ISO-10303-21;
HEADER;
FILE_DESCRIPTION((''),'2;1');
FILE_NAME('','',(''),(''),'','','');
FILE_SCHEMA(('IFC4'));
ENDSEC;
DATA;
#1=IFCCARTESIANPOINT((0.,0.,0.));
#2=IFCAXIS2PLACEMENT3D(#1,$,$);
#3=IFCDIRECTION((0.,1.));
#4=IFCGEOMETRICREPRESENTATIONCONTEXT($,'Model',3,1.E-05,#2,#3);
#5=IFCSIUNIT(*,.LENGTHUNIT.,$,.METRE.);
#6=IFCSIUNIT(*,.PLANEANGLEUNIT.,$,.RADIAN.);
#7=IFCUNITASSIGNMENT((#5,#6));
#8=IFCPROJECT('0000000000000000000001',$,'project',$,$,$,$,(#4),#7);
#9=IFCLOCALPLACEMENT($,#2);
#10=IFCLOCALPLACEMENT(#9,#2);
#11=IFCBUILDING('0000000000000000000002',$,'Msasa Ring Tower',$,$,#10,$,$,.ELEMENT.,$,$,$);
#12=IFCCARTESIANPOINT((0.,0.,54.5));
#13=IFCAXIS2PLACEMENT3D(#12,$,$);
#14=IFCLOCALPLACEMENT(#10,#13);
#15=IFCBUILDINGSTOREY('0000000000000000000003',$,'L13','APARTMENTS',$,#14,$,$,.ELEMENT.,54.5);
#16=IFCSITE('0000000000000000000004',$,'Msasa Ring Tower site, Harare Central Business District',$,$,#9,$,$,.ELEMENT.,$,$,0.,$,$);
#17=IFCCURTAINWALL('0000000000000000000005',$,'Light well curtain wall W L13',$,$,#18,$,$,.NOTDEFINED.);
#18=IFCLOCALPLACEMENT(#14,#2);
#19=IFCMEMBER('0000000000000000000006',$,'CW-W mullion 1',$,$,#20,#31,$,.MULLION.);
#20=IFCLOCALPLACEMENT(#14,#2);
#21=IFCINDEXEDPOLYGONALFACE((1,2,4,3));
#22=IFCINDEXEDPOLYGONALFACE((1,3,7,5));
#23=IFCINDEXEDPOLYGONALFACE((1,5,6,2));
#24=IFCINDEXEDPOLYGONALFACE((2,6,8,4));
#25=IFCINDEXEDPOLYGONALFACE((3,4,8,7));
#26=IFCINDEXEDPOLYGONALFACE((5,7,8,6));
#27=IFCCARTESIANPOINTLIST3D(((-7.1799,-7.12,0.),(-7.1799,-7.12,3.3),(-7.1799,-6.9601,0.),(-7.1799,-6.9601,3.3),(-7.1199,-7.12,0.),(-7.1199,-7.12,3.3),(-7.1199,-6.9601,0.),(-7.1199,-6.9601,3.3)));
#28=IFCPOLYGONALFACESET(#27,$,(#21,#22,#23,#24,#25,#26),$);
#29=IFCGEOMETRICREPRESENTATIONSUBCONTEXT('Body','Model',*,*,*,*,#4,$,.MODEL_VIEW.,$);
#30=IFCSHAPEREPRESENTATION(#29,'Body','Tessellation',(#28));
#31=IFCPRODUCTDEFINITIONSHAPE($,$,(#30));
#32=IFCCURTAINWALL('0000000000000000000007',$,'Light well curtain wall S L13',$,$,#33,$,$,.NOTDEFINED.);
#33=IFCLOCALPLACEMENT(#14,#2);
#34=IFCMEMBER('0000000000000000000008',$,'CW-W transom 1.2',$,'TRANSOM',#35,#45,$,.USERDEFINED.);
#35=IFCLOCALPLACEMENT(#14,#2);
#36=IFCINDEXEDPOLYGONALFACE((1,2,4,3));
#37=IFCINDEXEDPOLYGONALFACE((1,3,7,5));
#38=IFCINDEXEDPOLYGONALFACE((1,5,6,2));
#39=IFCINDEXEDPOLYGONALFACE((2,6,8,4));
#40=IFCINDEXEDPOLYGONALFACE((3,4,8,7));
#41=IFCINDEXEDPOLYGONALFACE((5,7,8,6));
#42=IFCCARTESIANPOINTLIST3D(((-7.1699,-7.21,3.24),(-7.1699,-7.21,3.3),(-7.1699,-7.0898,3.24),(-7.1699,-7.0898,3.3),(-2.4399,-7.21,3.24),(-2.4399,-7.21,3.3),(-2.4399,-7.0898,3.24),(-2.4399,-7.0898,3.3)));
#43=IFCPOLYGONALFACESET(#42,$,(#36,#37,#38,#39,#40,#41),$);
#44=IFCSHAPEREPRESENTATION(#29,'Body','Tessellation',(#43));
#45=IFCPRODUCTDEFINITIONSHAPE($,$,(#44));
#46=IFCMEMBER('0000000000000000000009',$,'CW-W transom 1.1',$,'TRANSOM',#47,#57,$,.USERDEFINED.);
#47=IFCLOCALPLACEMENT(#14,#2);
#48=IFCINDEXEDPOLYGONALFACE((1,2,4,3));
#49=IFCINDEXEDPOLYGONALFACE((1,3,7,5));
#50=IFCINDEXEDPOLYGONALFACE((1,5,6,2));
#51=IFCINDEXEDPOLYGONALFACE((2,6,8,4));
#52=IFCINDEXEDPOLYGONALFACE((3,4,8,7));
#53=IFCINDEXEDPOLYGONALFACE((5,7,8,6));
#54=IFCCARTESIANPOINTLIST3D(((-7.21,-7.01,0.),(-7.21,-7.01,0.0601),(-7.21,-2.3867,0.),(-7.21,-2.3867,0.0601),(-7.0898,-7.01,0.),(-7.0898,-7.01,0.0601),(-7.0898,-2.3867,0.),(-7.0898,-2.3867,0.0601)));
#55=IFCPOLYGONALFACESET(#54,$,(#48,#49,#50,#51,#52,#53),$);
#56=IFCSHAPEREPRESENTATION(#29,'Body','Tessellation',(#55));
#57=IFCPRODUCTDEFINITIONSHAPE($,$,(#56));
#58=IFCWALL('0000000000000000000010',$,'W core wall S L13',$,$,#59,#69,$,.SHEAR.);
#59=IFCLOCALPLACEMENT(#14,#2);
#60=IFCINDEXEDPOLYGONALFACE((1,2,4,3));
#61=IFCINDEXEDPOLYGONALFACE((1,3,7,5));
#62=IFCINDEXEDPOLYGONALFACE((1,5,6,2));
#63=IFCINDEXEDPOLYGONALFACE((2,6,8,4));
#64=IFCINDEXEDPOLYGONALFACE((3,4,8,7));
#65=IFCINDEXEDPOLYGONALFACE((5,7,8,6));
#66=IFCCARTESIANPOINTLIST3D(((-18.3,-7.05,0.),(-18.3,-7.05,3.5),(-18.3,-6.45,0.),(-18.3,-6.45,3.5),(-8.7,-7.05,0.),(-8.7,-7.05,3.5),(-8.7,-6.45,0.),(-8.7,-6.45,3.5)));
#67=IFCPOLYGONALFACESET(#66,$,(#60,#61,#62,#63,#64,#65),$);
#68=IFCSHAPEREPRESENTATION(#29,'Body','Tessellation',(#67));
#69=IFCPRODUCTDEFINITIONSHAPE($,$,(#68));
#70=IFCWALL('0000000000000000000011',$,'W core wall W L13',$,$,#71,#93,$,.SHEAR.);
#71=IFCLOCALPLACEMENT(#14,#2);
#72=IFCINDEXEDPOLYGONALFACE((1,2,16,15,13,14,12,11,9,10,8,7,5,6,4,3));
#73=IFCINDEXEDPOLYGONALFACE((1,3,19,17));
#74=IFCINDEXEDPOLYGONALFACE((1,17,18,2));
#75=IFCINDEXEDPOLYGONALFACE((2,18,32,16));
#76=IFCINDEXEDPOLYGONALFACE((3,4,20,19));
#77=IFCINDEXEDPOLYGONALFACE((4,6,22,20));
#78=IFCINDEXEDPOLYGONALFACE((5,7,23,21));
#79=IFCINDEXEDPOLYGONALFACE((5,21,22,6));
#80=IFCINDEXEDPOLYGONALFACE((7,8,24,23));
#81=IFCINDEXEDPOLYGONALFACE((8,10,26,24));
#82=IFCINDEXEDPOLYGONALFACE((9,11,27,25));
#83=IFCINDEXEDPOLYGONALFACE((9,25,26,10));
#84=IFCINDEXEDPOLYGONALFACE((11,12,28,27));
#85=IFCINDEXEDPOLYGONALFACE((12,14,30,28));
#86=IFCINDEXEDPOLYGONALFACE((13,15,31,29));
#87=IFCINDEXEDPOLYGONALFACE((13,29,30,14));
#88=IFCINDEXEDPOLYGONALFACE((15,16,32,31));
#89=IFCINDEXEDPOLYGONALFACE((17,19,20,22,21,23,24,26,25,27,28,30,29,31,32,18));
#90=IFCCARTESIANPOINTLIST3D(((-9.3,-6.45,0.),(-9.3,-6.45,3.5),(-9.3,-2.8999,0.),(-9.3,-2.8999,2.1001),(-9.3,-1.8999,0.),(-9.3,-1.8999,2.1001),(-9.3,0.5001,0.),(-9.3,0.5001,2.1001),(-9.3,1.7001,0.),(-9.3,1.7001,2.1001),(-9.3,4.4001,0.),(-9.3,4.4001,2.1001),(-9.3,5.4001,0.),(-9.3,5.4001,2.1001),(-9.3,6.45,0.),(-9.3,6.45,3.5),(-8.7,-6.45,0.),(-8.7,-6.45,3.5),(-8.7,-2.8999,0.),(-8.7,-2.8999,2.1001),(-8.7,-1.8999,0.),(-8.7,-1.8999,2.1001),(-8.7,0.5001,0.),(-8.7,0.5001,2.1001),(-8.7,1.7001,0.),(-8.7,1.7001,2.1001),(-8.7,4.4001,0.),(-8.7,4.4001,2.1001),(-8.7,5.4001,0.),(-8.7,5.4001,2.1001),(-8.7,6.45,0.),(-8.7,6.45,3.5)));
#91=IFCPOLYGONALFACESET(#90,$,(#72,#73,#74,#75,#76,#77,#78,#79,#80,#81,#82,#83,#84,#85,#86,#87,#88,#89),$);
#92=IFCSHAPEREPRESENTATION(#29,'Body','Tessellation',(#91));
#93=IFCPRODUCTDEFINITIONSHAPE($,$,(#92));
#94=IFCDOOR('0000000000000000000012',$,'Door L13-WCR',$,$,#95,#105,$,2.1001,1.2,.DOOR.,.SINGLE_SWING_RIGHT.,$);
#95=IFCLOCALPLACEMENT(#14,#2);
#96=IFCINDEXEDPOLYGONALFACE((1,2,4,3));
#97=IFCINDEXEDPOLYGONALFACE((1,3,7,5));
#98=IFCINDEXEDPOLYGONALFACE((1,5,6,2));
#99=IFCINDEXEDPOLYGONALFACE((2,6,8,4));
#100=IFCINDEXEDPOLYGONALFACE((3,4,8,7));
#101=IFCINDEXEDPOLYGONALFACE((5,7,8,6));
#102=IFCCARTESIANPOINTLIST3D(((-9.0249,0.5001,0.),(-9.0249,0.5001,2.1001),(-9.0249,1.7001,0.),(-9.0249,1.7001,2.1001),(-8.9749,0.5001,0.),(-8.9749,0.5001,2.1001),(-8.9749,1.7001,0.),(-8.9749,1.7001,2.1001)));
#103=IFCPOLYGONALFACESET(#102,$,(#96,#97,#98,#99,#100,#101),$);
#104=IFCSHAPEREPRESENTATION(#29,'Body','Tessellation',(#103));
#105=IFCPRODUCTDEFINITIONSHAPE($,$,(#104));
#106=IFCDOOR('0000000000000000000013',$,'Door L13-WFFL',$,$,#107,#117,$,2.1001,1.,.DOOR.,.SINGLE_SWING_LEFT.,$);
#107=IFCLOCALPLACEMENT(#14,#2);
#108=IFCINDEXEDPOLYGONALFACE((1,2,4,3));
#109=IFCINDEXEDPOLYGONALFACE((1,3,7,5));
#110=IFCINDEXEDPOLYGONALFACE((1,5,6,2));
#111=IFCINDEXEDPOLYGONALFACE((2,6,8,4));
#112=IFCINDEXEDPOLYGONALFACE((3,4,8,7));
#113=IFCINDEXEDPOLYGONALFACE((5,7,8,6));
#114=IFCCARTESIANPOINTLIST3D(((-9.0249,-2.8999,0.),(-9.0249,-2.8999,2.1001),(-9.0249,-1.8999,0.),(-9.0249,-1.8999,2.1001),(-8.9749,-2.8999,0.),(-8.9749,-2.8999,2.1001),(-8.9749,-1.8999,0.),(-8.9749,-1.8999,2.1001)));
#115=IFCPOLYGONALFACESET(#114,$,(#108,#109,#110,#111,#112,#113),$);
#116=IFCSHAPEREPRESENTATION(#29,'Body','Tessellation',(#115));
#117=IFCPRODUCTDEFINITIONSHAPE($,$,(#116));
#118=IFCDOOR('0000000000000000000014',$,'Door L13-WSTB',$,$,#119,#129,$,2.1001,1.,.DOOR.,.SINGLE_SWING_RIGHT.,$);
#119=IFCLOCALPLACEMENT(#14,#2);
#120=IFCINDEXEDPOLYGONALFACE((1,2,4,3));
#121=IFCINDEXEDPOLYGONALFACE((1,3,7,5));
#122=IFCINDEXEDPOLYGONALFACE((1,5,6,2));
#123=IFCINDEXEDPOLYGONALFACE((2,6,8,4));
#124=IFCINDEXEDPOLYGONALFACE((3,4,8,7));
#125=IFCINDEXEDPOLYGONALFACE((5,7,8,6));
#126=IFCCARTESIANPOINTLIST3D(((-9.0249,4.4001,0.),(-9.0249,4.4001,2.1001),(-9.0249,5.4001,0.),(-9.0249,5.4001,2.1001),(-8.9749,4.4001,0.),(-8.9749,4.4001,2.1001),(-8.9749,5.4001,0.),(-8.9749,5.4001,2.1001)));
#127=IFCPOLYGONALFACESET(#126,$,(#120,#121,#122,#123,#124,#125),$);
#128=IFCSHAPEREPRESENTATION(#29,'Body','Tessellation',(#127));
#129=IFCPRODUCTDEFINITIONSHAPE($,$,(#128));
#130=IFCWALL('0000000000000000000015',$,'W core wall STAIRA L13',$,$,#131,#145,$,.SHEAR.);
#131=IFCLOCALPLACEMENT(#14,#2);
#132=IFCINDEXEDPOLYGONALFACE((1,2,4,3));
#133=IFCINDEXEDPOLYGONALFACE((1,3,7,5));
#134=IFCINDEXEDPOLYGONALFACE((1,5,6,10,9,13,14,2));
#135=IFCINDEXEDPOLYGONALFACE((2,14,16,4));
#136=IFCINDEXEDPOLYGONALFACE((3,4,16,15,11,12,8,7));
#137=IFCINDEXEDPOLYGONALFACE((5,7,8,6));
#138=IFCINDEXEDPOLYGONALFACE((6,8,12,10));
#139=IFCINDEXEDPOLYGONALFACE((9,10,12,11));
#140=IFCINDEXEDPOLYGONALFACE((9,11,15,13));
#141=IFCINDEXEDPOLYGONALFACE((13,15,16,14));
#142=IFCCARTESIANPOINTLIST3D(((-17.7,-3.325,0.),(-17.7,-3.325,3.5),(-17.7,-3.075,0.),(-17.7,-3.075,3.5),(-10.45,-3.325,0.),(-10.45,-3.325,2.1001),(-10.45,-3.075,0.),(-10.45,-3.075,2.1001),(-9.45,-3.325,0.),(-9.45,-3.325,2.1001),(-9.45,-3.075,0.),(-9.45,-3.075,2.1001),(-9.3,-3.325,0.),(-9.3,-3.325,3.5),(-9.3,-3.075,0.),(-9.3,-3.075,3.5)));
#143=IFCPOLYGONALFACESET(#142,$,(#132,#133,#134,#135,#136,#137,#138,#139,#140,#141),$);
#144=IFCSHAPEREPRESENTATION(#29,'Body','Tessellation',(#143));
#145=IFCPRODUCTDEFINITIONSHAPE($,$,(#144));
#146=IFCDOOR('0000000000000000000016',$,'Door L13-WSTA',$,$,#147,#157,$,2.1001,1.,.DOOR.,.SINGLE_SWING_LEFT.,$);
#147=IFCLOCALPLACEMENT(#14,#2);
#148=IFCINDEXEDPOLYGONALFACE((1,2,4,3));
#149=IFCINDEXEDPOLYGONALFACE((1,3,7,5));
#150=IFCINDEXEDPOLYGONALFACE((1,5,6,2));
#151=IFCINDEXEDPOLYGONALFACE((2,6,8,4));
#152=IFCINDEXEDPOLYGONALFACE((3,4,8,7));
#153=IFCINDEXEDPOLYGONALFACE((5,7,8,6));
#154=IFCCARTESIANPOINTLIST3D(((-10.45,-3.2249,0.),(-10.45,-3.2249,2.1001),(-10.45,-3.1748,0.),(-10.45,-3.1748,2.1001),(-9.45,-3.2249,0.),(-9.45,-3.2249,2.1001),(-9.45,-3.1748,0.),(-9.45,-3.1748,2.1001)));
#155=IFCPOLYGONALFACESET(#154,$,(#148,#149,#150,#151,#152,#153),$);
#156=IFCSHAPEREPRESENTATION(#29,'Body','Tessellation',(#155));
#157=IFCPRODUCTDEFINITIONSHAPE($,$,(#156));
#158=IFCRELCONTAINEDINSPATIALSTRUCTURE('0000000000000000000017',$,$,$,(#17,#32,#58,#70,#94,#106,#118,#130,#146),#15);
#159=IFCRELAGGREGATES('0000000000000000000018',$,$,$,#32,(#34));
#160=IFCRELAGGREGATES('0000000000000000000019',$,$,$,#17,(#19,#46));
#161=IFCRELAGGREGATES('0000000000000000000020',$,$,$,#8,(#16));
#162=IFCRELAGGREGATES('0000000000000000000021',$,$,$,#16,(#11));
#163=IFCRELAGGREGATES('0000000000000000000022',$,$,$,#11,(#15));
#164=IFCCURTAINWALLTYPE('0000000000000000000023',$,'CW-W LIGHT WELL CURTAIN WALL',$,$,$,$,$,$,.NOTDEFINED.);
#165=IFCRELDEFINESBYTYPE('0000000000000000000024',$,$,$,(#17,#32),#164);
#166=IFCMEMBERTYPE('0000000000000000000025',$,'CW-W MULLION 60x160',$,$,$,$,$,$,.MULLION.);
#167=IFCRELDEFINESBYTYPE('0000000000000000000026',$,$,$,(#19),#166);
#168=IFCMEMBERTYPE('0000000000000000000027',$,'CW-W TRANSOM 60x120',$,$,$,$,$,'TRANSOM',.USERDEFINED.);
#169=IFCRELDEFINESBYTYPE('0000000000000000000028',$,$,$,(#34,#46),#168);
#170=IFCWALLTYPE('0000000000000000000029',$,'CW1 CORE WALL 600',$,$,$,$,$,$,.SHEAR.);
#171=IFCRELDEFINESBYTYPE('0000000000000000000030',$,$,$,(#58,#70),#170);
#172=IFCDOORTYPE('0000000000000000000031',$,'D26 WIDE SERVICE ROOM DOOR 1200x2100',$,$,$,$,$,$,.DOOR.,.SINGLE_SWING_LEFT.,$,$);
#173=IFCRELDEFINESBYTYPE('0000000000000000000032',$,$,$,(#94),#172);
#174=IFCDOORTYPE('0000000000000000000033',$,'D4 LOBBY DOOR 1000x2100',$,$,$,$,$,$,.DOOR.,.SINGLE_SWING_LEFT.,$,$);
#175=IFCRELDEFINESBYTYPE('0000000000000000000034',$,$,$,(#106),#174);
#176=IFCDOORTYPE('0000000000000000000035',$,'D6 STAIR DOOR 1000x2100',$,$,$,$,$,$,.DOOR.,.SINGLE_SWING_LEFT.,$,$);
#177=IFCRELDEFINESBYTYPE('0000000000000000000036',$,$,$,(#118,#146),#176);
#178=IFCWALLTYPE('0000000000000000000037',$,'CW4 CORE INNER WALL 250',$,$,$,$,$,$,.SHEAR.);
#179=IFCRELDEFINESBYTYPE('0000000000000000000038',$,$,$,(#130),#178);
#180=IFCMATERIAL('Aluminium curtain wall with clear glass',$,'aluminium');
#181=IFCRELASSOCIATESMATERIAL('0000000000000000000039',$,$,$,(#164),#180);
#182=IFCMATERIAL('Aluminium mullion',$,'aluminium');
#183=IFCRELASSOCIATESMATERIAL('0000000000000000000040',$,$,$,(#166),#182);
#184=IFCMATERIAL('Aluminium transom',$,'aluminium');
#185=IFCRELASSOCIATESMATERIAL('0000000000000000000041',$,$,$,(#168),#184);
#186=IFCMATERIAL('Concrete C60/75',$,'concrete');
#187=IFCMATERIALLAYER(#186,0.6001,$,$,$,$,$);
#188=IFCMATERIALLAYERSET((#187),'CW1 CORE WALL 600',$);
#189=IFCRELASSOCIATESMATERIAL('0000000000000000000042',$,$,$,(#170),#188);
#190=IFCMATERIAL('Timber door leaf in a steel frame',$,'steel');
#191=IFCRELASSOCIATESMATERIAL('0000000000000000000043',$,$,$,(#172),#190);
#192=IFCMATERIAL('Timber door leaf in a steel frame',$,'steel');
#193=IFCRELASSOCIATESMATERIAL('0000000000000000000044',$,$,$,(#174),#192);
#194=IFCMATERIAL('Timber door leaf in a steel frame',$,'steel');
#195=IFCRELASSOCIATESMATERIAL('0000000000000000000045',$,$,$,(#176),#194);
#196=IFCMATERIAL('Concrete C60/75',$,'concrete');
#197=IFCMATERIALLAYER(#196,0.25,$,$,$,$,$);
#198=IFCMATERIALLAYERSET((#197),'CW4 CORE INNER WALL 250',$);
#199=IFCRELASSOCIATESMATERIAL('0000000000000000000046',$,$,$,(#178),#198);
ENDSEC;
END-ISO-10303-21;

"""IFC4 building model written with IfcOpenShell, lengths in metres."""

from ifc_helpers import new_model, si_unit, direction, frame, frame_2d, origin, origin_2d, place, context, subcontext, project, spatial, rectangle, extrude, material, layer, layer_set, material_profile, profile_set, type_object, element, fill, aggregate, save


model = new_model("IFC4")

# Units and contexts
model_context = context("Model", 3, precision=1e-05, world=origin(), true_north=direction((0.0, 1.0)))
body_context = subcontext(model_context, "Body", "Model", "MODEL_VIEW")
ifc_project = project(units=[si_unit("LENGTHUNIT", "METRE"), si_unit("PLANEANGLEUNIT", "RADIAN")], contexts=[model_context])

# Site, building, storey
site_placement = place(None, origin())
site = spatial("IfcSite", under=ifc_project, at=site_placement, Name="Msasa Ring Tower site, Harare Central Business District", CompositionType="ELEMENT", RefElevation=0.0)
building_placement = place(site_placement, origin())
building = spatial("IfcBuilding", under=site, at=building_placement, Name="Msasa Ring Tower", CompositionType="ELEMENT")
storey_placement = place(building_placement, frame((0.0, 0.0, 54.5)))
storey = spatial("IfcBuildingStorey", under=building, at=storey_placement, Name="L13", Description="APARTMENTS", CompositionType="ELEMENT", Elevation=54.5)

# Curtain walls, members
ifc_material_1 = material(Name="Aluminium curtain wall with clear glass", Category="aluminium")
curtain_wall_type = type_object("IfcCurtainWallType", Name="CW-W LIGHT WELL CURTAIN WALL", PredefinedType="NOTDEFINED", material=ifc_material_1)
curtain_wall_1_placement = place(storey_placement, origin())
curtain_wall_1 = element("IfcCurtainWall", 1, at=curtain_wall_1_placement, inside=storey, type_object=curtain_wall_type, Name="Light well curtain wall W L13", PredefinedType="NOTDEFINED")
ifc_material_2 = material(Name="Aluminium mullion", Category="aluminium")
ifc_material_profile_1 = material_profile(ifc_material_2, rectangle(XDim=0.0601, YDim=0.1599, at=origin_2d()), Name="AL 60x160")
ifc_profile_set_1 = profile_set([ifc_material_profile_1], Name="Aluminium mullion")
member_type_1 = type_object("IfcMemberType", Name="CW-W MULLION 60x160", PredefinedType="MULLION", material=ifc_profile_set_1)
member_1_placement = place(storey_placement, frame((-7.1499, -7.04, 0.0), z_axis=(0.0, 0.0, 1.0), x_axis=(-1.0, 0.0, 0.0)))
member_1 = element("IfcMember", 2, at=member_1_placement, type_object=member_type_1, Name="CW-W mullion 1", PredefinedType="MULLION", context=body_context, shape_type="SweptSolid", body=[
    extrude(rectangle(XDim=0.0601, YDim=0.1599, at=origin_2d()), origin(), (0.0, 0.0, 1.0), 3.3),
])
curtain_wall_2_placement = place(storey_placement, origin())
curtain_wall_2 = element("IfcCurtainWall", 3, at=curtain_wall_2_placement, inside=storey, type_object=curtain_wall_type, Name="Light well curtain wall S L13", PredefinedType="NOTDEFINED")
ifc_material_3 = material(Name="Aluminium transom", Category="aluminium")
ifc_material_profile_2 = material_profile(ifc_material_3, rectangle(XDim=0.1201, YDim=0.0601, at=origin_2d()), Name="AL 60x120")
ifc_profile_set_2 = profile_set([ifc_material_profile_2], Name="Aluminium transom")
member_type_2 = type_object("IfcMemberType", Name="CW-W TRANSOM 60x120", ElementType="TRANSOM", PredefinedType="USERDEFINED", material=ifc_profile_set_2)
member_2_placement = place(storey_placement, frame((-7.1699, -7.1499, 3.27), z_axis=(1.0, 0.0, 0.0), x_axis=(0.0, 1.0, 0.0)))
member_2 = element("IfcMember", 4, at=member_2_placement, type_object=member_type_2, Name="CW-W transom 1.2", ObjectType="TRANSOM", PredefinedType="USERDEFINED", context=body_context, shape_type="SweptSolid", body=[
    extrude(rectangle(XDim=0.1201, YDim=0.0601, at=origin_2d()), origin(), (0.0, 0.0, 1.0), 4.73),
])
aggregate(curtain_wall_2, [member_2])

# Member
member_3_placement = place(storey_placement, frame((-7.1499, -7.01, 0.03), z_axis=(0.0, 1.0, 0.0), x_axis=(-1.0, 0.0, 0.0)))
member_3 = element("IfcMember", 5, at=member_3_placement, type_object=member_type_2, Name="CW-W transom 1.1", ObjectType="TRANSOM", PredefinedType="USERDEFINED", context=body_context, shape_type="SweptSolid", body=[
    extrude(rectangle(XDim=0.1201, YDim=0.0601, at=origin_2d()), origin(), (0.0, 0.0, 1.0), 4.6233),
])
aggregate(curtain_wall_1, [member_1, member_3])

# Wall
ifc_material_4 = material(Name="Concrete C60/75", Category="concrete")
ifc_layer_1 = layer(ifc_material_4, 0.6001)
ifc_layer_set_1 = layer_set([ifc_layer_1], Name="CW1 CORE WALL 600")
wall_type_1 = type_object("IfcWallType", Name="CW1 CORE WALL 600", PredefinedType="SHEAR", material=ifc_layer_set_1)
wall_1_placement = place(storey_placement, frame((-8.7, -6.75, 0.0), z_axis=(0.0, 0.0, 1.0), x_axis=(-1.0, 0.0, 0.0)))
element("IfcWall", 6, at=wall_1_placement, inside=storey, type_object=wall_type_1, Name="W core wall S L13", PredefinedType="SHEAR", context=body_context, shape_type="SweptSolid", body=[
    extrude(rectangle(XDim=9.6001, YDim=0.6001, at=frame_2d((4.8, 0.0))), origin(), (0.0, 0.0, 1.0), 3.5),
])

# Wall, openings, doors
wall_2_placement = place(storey_placement, frame((-9.0, -6.45, 0.0), z_axis=(0.0, 0.0, 1.0), x_axis=(0.0, 1.0, 0.0)))
wall_2 = element("IfcWall", 7, at=wall_2_placement, inside=storey, type_object=wall_type_1, Name="W core wall W L13", PredefinedType="SHEAR", context=body_context, shape_type="SweptSolid", body=[
    extrude(rectangle(XDim=12.8999, YDim=0.6001, at=frame_2d((6.45, 0.0))), origin(), (0.0, 0.0, 1.0), 3.5),
])
opening_1_placement = place(wall_2_placement, frame((3.55, 0.0, 0.0)))
opening_1 = element("IfcOpeningElement", 8, at=opening_1_placement, cuts=wall_2, PredefinedType="OPENING", context=body_context, shape_type="SweptSolid", body=[
    extrude(rectangle(XDim=1.0, YDim=2.1001, at=frame_2d((0.5, 1.05))), frame((0.0, 0.3101, 0.0), z_axis=(0.0, -1.0, 0.0), x_axis=(1.0, 0.0, 0.0)), (0.0, 0.0, 1.0), 0.6201),
])
opening_2_placement = place(wall_2_placement, frame((6.95, 0.0, 0.0)))
opening_2 = element("IfcOpeningElement", 9, at=opening_2_placement, cuts=wall_2, PredefinedType="OPENING", context=body_context, shape_type="SweptSolid", body=[
    extrude(rectangle(XDim=1.2, YDim=2.1001, at=frame_2d((0.6001, 1.05))), frame((0.0, 0.3101, 0.0), z_axis=(0.0, -1.0, 0.0), x_axis=(1.0, 0.0, 0.0)), (0.0, 0.0, 1.0), 0.6201),
])
opening_3_placement = place(wall_2_placement, frame((10.8501, 0.0, 0.0)))
opening_3 = element("IfcOpeningElement", 10, at=opening_3_placement, cuts=wall_2, PredefinedType="OPENING", context=body_context, shape_type="SweptSolid", body=[
    extrude(rectangle(XDim=1.0, YDim=2.1001, at=frame_2d((0.5, 1.05))), frame((0.0, 0.3101, 0.0), z_axis=(0.0, -1.0, 0.0), x_axis=(1.0, 0.0, 0.0)), (0.0, 0.0, 1.0), 0.6201),
])
ifc_material_5 = material(Name="Timber door leaf in a steel frame", Category="steel")
door_type_1 = type_object("IfcDoorType", Name="D26 WIDE SERVICE ROOM DOOR 1200x2100", OperationType="SINGLE_SWING_LEFT", PredefinedType="DOOR", material=ifc_material_5)
door_1_placement = place(opening_2_placement, origin())
door_1 = element("IfcDoor", 11, at=door_1_placement, inside=storey, type_object=door_type_1, Name="Door L13-WCR", OperationType="SINGLE_SWING_RIGHT", OverallHeight=2.1001, OverallWidth=1.2, PredefinedType="DOOR", context=body_context, shape_type="SweptSolid", body=[
    extrude(rectangle(XDim=1.2, YDim=2.1001, at=frame_2d((0.6001, 1.05))), frame((0.0, 0.0249, 0.0), z_axis=(0.0, -1.0, 0.0), x_axis=(1.0, 0.0, 0.0)), (0.0, 0.0, 1.0), 0.05),
])
fill(opening_2, door_1)
ifc_material_6 = material(Name="Timber door leaf in a steel frame", Category="steel")
door_type_2 = type_object("IfcDoorType", Name="D4 LOBBY DOOR 1000x2100", OperationType="SINGLE_SWING_LEFT", PredefinedType="DOOR", material=ifc_material_6)
door_2_placement = place(opening_1_placement, origin())
door_2 = element("IfcDoor", 12, at=door_2_placement, inside=storey, type_object=door_type_2, Name="Door L13-WFFL", OperationType="SINGLE_SWING_LEFT", OverallHeight=2.1001, OverallWidth=1.0, PredefinedType="DOOR", context=body_context, shape_type="SweptSolid", body=[
    extrude(rectangle(XDim=1.0, YDim=2.1001, at=frame_2d((0.5, 1.05))), frame((0.0, 0.0249, 0.0), z_axis=(0.0, -1.0, 0.0), x_axis=(1.0, 0.0, 0.0)), (0.0, 0.0, 1.0), 0.05),
])
fill(opening_1, door_2)
ifc_material_7 = material(Name="Timber door leaf in a steel frame", Category="steel")
door_type_3 = type_object("IfcDoorType", Name="D6 STAIR DOOR 1000x2100", OperationType="SINGLE_SWING_LEFT", PredefinedType="DOOR", material=ifc_material_7)
door_3_placement = place(opening_3_placement, origin())
door_3 = element("IfcDoor", 13, at=door_3_placement, inside=storey, type_object=door_type_3, Name="Door L13-WSTB", OperationType="SINGLE_SWING_RIGHT", OverallHeight=2.1001, OverallWidth=1.0, PredefinedType="DOOR", context=body_context, shape_type="SweptSolid", body=[
    extrude(rectangle(XDim=1.0, YDim=2.1001, at=frame_2d((0.5, 1.05))), frame((0.0, 0.0249, 0.0), z_axis=(0.0, -1.0, 0.0), x_axis=(1.0, 0.0, 0.0)), (0.0, 0.0, 1.0), 0.05),
])
fill(opening_3, door_3)

# Wall, opening, door
ifc_material_8 = material(Name="Concrete C60/75", Category="concrete")
ifc_layer_2 = layer(ifc_material_8, 0.25)
ifc_layer_set_2 = layer_set([ifc_layer_2], Name="CW4 CORE INNER WALL 250")
wall_type_2 = type_object("IfcWallType", Name="CW4 CORE INNER WALL 250", PredefinedType="SHEAR", material=ifc_layer_set_2)
wall_3_placement = place(storey_placement, frame((-9.3, -3.2, 0.0), z_axis=(0.0, 0.0, 1.0), x_axis=(-1.0, 0.0, 0.0)))
wall_3 = element("IfcWall", 14, at=wall_3_placement, inside=storey, type_object=wall_type_2, Name="W core wall STAIRA L13", PredefinedType="SHEAR", context=body_context, shape_type="SweptSolid", body=[
    extrude(rectangle(XDim=8.3999, YDim=0.25, at=frame_2d((4.2, 0.0))), origin(), (0.0, 0.0, 1.0), 3.5),
])
opening_4_placement = place(wall_3_placement, frame((0.1499, 0.0, 0.0)))
opening_4 = element("IfcOpeningElement", 15, at=opening_4_placement, cuts=wall_3, PredefinedType="OPENING", context=body_context, shape_type="SweptSolid", body=[
    extrude(rectangle(XDim=1.0, YDim=2.1001, at=frame_2d((0.5, 1.05))), frame((0.0, 0.135, 0.0), z_axis=(0.0, -1.0, 0.0), x_axis=(1.0, 0.0, 0.0)), (0.0, 0.0, 1.0), 0.27),
])
door_4_placement = place(opening_4_placement, origin())
door_4 = element("IfcDoor", 16, at=door_4_placement, inside=storey, type_object=door_type_3, Name="Door L13-WSTA", OperationType="SINGLE_SWING_LEFT", OverallHeight=2.1001, OverallWidth=1.0, PredefinedType="DOOR", context=body_context, shape_type="SweptSolid", body=[
    extrude(rectangle(XDim=1.0, YDim=2.1001, at=frame_2d((0.5, 1.05))), frame((0.0, 0.0249, 0.0), z_axis=(0.0, -1.0, 0.0), x_axis=(1.0, 0.0, 0.0)), (0.0, 0.0, 1.0), 0.05),
])
fill(opening_4, door_4)

save(model, "model.ifc")
